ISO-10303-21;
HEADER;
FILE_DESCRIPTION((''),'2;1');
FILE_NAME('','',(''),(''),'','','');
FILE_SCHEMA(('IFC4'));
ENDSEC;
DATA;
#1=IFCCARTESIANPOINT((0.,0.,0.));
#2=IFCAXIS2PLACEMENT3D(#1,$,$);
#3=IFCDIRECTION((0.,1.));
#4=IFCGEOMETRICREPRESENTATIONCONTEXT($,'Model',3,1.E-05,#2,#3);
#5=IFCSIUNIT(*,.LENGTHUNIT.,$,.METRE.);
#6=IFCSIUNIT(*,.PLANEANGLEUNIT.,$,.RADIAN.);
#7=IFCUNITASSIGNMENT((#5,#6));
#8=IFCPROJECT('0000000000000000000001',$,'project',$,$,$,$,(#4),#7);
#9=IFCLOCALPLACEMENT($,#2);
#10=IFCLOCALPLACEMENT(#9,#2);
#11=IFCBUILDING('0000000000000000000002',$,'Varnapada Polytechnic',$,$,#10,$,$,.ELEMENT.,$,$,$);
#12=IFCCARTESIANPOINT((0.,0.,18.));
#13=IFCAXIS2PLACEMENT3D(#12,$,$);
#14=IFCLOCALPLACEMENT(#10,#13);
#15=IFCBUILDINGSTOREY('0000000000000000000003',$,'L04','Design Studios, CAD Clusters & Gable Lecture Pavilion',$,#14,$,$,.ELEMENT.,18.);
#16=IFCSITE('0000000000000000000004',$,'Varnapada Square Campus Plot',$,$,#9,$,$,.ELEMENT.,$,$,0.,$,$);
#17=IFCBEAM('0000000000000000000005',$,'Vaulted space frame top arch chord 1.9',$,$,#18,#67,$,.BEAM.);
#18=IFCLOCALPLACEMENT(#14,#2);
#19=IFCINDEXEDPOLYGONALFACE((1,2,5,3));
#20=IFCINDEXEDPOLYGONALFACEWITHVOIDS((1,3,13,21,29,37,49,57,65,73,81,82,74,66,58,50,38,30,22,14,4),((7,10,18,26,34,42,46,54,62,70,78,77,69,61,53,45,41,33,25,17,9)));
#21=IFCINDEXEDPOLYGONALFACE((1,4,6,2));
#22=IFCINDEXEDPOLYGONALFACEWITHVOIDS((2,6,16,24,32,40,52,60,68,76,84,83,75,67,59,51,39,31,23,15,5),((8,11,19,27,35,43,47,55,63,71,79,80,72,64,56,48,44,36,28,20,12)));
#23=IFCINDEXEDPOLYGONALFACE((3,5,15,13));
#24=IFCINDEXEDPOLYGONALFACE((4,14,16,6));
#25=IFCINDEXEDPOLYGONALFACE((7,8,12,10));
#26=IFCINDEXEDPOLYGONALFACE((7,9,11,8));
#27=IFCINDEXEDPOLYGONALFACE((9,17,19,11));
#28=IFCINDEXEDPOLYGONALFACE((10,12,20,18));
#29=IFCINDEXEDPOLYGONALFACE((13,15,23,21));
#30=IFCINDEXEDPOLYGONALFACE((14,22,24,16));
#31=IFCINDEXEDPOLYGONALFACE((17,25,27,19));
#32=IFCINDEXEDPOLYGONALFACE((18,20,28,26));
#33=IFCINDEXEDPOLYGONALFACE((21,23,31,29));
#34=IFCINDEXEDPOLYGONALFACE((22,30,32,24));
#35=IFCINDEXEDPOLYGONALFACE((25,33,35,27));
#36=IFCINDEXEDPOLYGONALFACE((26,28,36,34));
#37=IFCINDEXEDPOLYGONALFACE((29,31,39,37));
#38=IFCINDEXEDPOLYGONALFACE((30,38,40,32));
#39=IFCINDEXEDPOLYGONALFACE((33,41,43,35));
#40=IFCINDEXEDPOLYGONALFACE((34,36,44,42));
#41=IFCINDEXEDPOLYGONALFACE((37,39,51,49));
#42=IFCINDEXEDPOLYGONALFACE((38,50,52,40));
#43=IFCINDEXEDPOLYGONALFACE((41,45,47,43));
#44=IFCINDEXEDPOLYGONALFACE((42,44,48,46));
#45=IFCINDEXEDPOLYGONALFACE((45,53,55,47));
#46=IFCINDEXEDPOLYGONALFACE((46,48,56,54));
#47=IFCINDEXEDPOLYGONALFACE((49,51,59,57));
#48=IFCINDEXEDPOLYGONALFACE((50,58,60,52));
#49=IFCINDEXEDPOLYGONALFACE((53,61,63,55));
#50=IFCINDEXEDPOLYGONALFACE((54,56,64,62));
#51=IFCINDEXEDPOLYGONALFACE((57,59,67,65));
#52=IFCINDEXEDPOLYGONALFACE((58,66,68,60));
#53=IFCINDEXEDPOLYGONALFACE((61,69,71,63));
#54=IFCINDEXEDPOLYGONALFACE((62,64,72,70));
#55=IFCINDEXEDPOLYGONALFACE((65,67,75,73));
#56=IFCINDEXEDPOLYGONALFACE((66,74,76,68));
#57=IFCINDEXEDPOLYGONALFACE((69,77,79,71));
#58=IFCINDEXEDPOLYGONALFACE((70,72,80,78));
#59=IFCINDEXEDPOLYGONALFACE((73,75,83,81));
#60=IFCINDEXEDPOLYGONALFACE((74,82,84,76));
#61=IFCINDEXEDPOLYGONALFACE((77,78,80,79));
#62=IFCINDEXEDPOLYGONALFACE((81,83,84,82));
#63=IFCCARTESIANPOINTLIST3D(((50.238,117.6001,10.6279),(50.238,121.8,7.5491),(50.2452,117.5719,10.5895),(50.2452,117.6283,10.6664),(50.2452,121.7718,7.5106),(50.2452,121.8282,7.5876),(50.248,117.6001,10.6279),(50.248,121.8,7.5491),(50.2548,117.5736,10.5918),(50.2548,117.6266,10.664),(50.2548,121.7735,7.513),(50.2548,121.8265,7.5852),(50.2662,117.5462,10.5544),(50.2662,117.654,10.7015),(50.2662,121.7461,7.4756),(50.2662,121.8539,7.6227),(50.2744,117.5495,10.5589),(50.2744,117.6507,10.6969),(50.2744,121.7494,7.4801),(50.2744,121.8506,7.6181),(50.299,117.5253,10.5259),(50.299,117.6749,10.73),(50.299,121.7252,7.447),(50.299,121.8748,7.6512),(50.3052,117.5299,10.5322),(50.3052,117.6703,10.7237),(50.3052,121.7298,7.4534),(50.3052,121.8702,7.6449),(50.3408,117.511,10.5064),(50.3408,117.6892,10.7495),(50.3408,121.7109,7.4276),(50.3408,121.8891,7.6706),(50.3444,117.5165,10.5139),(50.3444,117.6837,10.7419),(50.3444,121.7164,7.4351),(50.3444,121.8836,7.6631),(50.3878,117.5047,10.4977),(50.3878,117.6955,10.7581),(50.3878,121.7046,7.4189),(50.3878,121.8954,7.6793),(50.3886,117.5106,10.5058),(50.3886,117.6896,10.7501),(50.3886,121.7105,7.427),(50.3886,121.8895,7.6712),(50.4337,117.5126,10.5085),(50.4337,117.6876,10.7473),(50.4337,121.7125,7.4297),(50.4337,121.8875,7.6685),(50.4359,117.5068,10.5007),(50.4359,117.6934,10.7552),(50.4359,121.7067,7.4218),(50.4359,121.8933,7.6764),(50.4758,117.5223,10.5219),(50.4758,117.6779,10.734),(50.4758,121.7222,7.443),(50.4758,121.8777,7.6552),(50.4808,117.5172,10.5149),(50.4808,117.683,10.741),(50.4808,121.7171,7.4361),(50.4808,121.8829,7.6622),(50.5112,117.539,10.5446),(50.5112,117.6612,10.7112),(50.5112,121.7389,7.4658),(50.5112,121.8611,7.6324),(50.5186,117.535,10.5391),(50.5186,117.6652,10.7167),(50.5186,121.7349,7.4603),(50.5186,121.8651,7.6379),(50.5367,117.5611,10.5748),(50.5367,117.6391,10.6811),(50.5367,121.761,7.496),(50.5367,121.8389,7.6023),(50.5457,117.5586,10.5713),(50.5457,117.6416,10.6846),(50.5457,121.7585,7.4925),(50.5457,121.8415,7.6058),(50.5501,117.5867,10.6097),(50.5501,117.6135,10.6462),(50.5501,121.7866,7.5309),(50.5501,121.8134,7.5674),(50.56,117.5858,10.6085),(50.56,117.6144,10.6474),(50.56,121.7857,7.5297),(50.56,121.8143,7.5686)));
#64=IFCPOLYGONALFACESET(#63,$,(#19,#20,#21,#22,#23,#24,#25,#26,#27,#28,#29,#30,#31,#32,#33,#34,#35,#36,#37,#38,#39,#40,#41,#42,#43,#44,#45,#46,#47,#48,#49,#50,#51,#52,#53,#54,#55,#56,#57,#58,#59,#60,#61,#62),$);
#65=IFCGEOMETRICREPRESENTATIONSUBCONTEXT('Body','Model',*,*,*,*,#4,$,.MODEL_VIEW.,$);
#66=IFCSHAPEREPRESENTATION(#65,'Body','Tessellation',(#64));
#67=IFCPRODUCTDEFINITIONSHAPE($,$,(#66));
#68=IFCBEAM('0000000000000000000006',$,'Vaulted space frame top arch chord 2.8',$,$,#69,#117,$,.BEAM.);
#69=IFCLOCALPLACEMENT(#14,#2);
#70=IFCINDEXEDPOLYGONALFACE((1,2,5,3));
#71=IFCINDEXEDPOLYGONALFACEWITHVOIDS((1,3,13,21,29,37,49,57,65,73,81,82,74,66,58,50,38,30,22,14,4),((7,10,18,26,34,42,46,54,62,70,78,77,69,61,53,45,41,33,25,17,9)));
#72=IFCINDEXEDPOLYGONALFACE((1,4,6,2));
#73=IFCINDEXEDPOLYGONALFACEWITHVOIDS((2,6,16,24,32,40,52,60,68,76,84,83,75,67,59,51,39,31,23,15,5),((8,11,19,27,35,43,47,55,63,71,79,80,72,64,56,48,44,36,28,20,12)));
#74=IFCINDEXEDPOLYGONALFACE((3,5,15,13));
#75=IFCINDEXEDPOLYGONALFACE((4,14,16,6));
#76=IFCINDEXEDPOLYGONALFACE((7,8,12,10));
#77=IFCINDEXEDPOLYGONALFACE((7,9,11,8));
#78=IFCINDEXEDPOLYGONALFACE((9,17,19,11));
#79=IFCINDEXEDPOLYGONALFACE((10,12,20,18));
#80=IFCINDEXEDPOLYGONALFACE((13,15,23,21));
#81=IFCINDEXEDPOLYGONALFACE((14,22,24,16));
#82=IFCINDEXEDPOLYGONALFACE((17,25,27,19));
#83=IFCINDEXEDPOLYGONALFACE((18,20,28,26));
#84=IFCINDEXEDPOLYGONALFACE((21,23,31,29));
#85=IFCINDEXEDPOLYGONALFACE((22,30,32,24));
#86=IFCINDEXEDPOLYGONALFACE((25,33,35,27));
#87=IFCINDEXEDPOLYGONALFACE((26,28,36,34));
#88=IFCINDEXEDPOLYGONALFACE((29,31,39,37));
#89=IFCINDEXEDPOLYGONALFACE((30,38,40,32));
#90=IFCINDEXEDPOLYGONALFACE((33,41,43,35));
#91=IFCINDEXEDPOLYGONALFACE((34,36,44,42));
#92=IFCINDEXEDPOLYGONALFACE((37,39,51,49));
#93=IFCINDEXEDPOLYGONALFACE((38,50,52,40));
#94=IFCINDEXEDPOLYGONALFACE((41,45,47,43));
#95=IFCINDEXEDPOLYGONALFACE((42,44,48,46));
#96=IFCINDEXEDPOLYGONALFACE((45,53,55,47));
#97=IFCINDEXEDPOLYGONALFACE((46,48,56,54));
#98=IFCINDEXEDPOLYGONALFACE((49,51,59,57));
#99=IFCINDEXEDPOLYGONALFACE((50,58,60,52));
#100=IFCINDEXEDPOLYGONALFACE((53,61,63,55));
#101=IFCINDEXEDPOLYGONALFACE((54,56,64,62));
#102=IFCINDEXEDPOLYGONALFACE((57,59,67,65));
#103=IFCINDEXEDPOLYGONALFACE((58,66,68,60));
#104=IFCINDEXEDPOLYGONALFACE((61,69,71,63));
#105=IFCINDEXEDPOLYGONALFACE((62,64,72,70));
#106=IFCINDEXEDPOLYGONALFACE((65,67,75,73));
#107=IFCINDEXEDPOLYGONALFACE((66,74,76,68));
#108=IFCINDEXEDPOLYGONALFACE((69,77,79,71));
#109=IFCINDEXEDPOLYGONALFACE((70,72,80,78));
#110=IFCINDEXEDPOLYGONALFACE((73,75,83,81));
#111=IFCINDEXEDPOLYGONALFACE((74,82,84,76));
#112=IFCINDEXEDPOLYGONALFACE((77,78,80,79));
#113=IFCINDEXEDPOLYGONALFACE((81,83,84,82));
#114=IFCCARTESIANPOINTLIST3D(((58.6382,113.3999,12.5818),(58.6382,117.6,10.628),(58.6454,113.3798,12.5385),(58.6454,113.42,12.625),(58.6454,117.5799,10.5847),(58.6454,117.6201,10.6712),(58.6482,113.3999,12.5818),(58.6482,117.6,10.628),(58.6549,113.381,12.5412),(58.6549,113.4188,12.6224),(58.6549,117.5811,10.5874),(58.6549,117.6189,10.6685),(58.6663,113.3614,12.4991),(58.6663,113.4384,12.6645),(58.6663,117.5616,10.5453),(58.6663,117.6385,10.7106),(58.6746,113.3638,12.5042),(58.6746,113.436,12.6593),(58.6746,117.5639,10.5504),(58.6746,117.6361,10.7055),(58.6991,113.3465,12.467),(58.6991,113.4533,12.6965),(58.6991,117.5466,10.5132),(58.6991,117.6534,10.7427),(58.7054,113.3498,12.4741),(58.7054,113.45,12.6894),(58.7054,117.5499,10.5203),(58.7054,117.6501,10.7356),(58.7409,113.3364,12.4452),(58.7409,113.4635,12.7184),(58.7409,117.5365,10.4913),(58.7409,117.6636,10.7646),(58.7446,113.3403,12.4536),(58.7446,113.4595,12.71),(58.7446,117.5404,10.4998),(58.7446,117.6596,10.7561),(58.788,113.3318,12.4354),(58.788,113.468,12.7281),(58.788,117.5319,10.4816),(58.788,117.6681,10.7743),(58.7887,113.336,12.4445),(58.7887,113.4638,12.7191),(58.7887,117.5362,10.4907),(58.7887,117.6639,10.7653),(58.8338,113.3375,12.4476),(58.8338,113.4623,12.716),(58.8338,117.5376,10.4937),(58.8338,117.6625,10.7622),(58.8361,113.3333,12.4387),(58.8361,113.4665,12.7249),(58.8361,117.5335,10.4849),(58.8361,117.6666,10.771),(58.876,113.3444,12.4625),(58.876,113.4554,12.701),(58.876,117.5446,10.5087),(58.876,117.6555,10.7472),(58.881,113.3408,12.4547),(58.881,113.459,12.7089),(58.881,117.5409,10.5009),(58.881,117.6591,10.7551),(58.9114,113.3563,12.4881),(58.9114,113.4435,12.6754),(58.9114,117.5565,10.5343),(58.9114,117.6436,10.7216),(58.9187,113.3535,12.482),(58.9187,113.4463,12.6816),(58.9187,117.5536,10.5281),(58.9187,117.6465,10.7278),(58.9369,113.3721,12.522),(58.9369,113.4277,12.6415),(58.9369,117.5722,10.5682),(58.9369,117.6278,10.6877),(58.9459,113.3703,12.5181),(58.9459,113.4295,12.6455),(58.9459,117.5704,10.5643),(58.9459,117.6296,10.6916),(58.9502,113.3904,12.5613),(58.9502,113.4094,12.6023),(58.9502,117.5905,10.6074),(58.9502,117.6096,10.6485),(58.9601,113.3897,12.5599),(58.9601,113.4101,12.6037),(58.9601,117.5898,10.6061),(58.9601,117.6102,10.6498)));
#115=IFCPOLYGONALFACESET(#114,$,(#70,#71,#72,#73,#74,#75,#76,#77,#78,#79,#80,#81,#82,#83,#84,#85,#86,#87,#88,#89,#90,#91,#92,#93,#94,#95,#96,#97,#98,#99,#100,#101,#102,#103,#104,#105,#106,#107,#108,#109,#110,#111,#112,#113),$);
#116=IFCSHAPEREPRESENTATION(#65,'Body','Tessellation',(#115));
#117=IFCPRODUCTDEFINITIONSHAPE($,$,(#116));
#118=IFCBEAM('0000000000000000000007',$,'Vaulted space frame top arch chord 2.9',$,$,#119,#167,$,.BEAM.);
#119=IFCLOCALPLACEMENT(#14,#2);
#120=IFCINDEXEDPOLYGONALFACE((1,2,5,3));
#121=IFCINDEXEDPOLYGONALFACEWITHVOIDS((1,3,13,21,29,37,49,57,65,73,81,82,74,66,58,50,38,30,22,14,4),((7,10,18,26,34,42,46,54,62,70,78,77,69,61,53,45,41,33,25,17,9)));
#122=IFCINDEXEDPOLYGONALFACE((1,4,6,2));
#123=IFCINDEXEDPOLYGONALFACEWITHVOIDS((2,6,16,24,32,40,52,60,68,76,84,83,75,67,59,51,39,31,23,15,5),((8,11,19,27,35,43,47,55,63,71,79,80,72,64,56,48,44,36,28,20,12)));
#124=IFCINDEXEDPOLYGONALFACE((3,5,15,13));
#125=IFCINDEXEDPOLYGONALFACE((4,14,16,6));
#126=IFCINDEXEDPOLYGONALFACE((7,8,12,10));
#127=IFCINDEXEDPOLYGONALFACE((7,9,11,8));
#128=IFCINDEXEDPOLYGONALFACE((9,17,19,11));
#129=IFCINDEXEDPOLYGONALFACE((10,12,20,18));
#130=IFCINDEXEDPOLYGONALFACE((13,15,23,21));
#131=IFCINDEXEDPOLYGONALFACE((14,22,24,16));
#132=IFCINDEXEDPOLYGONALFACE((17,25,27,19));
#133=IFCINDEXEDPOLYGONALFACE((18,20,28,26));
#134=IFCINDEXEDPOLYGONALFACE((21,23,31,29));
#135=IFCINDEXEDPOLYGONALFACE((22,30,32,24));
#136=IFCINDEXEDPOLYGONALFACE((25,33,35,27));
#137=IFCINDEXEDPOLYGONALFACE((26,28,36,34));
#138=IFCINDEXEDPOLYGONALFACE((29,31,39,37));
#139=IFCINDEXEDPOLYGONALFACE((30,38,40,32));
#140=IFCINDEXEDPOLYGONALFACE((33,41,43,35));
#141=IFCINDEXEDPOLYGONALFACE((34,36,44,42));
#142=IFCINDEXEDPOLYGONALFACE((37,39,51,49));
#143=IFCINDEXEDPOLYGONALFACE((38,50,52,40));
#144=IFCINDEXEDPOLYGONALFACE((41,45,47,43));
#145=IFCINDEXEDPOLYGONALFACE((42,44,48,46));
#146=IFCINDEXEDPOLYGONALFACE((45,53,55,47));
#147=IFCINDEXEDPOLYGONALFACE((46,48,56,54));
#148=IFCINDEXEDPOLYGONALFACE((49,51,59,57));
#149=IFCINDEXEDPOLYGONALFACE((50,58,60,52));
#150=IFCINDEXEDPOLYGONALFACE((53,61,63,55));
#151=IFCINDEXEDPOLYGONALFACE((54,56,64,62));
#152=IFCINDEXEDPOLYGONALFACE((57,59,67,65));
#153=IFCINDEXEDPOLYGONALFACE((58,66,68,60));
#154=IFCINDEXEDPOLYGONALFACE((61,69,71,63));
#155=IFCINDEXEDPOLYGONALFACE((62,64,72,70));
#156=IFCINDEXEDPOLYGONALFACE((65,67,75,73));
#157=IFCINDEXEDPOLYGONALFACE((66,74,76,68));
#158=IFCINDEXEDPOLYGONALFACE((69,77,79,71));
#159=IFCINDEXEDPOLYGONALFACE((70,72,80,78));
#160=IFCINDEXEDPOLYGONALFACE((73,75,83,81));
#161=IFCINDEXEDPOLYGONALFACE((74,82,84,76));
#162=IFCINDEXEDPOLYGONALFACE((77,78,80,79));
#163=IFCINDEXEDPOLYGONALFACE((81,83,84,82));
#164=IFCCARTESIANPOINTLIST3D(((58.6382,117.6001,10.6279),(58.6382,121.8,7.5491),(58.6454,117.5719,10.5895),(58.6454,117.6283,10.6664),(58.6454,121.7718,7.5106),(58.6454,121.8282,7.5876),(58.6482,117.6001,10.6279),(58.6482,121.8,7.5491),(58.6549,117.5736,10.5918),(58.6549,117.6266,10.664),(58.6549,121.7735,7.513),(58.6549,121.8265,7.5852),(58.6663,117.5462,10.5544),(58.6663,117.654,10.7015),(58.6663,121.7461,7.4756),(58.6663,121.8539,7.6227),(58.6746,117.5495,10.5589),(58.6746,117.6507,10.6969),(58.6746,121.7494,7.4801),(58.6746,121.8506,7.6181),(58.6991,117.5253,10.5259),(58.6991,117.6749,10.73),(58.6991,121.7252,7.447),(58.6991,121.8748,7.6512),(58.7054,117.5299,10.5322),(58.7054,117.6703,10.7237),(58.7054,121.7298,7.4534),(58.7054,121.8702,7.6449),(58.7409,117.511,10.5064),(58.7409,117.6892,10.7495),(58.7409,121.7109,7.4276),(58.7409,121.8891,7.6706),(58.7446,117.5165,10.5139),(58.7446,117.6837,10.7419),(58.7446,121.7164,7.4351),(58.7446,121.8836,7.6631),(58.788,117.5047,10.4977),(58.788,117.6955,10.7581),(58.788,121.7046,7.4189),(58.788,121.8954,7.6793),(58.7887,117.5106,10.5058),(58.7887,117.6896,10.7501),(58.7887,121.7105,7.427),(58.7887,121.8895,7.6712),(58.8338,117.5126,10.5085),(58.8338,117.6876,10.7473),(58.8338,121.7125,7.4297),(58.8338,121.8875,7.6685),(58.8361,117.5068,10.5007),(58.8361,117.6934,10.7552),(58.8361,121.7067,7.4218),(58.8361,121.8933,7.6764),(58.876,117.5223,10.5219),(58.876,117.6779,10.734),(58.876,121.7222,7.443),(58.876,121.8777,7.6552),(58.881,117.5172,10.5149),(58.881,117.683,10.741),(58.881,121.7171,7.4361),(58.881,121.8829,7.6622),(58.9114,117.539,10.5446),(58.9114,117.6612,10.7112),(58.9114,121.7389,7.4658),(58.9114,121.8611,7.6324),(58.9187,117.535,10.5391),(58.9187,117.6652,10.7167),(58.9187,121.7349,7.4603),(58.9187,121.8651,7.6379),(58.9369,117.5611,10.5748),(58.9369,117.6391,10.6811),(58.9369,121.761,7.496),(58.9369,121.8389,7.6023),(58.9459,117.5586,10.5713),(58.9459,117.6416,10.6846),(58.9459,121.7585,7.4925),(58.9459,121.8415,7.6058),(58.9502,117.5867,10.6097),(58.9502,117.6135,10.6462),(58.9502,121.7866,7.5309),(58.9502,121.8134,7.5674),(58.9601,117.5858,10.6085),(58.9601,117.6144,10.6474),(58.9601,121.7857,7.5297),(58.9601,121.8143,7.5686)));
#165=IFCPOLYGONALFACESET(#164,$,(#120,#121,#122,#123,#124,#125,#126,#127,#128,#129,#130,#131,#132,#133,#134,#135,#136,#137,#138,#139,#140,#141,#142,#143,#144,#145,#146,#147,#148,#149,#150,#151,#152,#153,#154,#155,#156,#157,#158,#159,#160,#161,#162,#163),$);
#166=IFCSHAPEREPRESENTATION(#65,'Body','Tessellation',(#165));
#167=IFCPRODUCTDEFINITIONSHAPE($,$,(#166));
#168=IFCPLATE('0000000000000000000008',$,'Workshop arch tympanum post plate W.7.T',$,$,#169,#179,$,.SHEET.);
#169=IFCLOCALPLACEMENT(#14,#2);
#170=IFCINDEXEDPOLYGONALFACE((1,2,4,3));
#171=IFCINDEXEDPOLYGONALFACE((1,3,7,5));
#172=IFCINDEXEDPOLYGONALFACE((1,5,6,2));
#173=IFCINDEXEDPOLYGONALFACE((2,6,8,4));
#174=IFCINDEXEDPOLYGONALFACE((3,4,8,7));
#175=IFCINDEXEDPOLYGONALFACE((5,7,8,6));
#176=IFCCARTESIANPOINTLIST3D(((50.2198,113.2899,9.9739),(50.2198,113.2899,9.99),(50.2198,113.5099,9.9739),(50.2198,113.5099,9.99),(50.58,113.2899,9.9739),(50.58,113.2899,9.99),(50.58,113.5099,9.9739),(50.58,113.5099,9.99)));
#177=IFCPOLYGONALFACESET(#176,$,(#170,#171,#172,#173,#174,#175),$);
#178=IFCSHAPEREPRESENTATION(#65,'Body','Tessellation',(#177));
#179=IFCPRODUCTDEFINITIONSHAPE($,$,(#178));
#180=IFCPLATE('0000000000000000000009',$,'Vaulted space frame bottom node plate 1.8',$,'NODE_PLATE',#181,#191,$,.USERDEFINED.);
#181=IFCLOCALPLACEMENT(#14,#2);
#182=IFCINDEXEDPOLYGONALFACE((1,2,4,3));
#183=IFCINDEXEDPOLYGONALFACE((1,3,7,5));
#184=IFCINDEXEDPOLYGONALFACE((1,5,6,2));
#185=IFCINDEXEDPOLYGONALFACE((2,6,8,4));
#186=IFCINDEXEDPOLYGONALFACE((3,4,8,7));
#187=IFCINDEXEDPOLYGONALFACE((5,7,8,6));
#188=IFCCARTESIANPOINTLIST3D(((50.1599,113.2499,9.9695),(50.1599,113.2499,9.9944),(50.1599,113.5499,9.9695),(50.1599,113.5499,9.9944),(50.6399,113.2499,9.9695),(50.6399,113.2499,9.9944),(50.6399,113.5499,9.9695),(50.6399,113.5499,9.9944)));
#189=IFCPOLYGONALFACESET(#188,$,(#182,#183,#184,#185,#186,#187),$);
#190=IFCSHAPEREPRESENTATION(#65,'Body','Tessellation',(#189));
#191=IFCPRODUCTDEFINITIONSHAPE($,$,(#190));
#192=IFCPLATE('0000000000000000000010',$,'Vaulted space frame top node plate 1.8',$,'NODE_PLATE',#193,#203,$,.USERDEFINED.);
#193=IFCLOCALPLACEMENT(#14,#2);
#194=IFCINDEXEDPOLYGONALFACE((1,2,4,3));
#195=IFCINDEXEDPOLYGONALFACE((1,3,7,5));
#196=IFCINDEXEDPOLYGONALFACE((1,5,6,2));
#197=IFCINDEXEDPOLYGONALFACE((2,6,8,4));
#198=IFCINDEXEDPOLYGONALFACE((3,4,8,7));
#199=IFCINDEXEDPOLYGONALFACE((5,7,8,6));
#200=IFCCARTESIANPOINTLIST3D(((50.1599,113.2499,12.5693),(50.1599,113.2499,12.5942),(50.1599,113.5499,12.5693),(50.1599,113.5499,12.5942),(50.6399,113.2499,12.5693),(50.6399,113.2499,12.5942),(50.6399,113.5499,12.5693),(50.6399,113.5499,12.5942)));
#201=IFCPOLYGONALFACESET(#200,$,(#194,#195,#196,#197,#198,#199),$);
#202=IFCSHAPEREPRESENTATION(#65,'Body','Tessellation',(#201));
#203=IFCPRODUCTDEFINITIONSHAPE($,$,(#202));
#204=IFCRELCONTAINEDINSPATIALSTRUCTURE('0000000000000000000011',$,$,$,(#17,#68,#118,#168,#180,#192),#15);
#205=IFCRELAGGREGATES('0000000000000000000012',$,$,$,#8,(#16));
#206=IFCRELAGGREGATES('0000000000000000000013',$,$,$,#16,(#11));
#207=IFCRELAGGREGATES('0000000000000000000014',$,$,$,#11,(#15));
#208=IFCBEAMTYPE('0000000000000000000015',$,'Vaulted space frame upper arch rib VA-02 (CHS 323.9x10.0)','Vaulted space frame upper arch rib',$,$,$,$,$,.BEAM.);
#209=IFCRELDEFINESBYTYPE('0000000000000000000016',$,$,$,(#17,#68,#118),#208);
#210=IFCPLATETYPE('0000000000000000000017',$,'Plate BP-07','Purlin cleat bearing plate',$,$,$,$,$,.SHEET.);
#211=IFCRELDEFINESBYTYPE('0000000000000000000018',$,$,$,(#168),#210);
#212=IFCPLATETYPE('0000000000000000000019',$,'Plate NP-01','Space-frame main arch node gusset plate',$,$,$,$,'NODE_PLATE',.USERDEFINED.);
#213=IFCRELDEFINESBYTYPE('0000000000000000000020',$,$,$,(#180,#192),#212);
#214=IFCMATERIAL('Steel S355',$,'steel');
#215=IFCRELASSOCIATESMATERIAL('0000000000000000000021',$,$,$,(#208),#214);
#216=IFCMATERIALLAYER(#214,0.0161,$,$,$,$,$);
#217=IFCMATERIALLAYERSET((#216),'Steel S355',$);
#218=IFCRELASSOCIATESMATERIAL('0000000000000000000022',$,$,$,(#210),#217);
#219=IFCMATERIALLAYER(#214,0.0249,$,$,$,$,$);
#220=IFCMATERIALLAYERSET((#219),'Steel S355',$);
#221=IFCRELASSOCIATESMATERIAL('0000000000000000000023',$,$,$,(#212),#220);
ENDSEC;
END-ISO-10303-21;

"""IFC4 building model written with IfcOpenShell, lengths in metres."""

from ifc_helpers import new_model, si_unit, direction, frame, origin, origin_2d, place, context, subcontext, project, spatial, rectangle, hollow_circle, extrude, material, layer, layer_set, material_profile, profile_set, type_object, element, save


model = new_model("IFC4")

# Units and contexts
model_context = context("Model", 3, precision=1e-05, world=origin(), true_north=direction((0.0, 1.0)))
body_context = subcontext(model_context, "Body", "Model", "MODEL_VIEW")
ifc_project = project(units=[si_unit("LENGTHUNIT", "METRE"), si_unit("PLANEANGLEUNIT", "RADIAN")], contexts=[model_context])

# Site, building, storey
site_placement = place(None, origin())
site = spatial("IfcSite", under=ifc_project, at=site_placement, Name="Varnapada Square Campus Plot", CompositionType="ELEMENT", RefElevation=0.0)
building_placement = place(site_placement, origin())
building = spatial("IfcBuilding", under=site, at=building_placement, Name="Varnapada Polytechnic", CompositionType="ELEMENT")
storey_placement = place(building_placement, frame((0.0, 0.0, 18.0)))
storey = spatial("IfcBuildingStorey", under=building, at=storey_placement, Name="L04", Description="Design Studios, CAD Clusters & Gable Lecture Pavilion", CompositionType="ELEMENT", Elevation=18.0)

# Shared definitions
ifc_material = material(Name="Steel S355", Category="steel")

# Beams
ifc_material_profile_1 = material_profile(ifc_material, hollow_circle(Radius=0.1619, WallThickness=0.01, at=origin_2d()), Name="CHS 323.9x10.0")
ifc_profile_set_1 = profile_set([ifc_material_profile_1], Name="Steel S355")
beam_type_1 = type_object("IfcBeamType", Name="Vaulted space frame upper arch rib VA-02 (CHS 323.9x10.0)", Description="Vaulted space frame upper arch rib", PredefinedType="BEAM", material=ifc_profile_set_1)
beam_1_placement = place(storey_placement, frame((50.3999, 117.6001, 10.6279), z_axis=(0.0, 0.806506, -0.591225), x_axis=(-1.0, 0.0, 0.0)))
element("IfcBeam", 1, at=beam_1_placement, inside=storey, type_object=beam_type_1, Name="Vaulted space frame top arch chord 1.9", PredefinedType="BEAM", context=body_context, shape_type="SweptSolid", body=[
    extrude(hollow_circle(Radius=0.1619, WallThickness=0.01, at=origin_2d()), origin(), (0.0, 0.0, 1.0), 5.2075),
])
beam_2_placement = place(storey_placement, frame((58.8, 113.3999, 12.5818), z_axis=(0.0, 0.906698, -0.42178), x_axis=(-1.0, 0.0, 0.0)))
element("IfcBeam", 2, at=beam_2_placement, inside=storey, type_object=beam_type_1, Name="Vaulted space frame top arch chord 2.8", PredefinedType="BEAM", context=body_context, shape_type="SweptSolid", body=[
    extrude(hollow_circle(Radius=0.1619, WallThickness=0.01, at=origin_2d()), origin(), (0.0, 0.0, 1.0), 4.6323),
])
beam_3_placement = place(storey_placement, frame((58.8, 117.6001, 10.6279), z_axis=(0.0, 0.806506, -0.591225), x_axis=(-1.0, 0.0, 0.0)))
element("IfcBeam", 3, at=beam_3_placement, inside=storey, type_object=beam_type_1, Name="Vaulted space frame top arch chord 2.9", PredefinedType="BEAM", context=body_context, shape_type="SweptSolid", body=[
    extrude(hollow_circle(Radius=0.1619, WallThickness=0.01, at=origin_2d()), origin(), (0.0, 0.0, 1.0), 5.2075),
])

# Plates
ifc_layer_1 = layer(ifc_material, 0.0161)
ifc_layer_set_1 = layer_set([ifc_layer_1], Name="Steel S355")
plate_type_1 = type_object("IfcPlateType", Name="Plate BP-07", Description="Purlin cleat bearing plate", PredefinedType="SHEET", material=ifc_layer_set_1)
plate_placement = place(storey_placement, frame((50.3999, 113.3999, 9.9739), z_axis=(0.0, 0.0, 1.0), x_axis=(1.0, 0.0, 0.0)))
element("IfcPlate", 4, at=plate_placement, inside=storey, type_object=plate_type_1, Name="Workshop arch tympanum post plate W.7.T", PredefinedType="SHEET", context=body_context, shape_type="SweptSolid", body=[
    extrude(rectangle(XDim=0.3601, YDim=0.22, at=origin_2d()), origin(), (0.0, 0.0, 1.0), 0.0161),
])
ifc_layer_2 = layer(ifc_material, 0.0249)
ifc_layer_set_2 = layer_set([ifc_layer_2], Name="Steel S355")
plate_type_2 = type_object("IfcPlateType", Name="Plate NP-01", Description="Space-frame main arch node gusset plate", ElementType="NODE_PLATE", PredefinedType="USERDEFINED", material=ifc_layer_set_2)
for number, where, z_axis, x_axis, name in (
    (5, (50.3999, 113.3999, 9.9695), (0.0, 0.0, 1.0), (1.0, 0.0, 0.0), "Vaulted space frame bottom node plate 1.8"),
    (6, (50.3999, 113.3999, 12.5693), (0.0, 0.0, 1.0), (1.0, 0.0, 0.0), "Vaulted space frame top node plate 1.8"),
):
    element("IfcPlate", number, at=place(storey_placement, frame(where, z_axis=z_axis, x_axis=x_axis)), inside=storey, type_object=plate_type_2, Name=name, ObjectType="NODE_PLATE", PredefinedType="USERDEFINED", context=body_context, shape_type="SweptSolid", body=[
        extrude(rectangle(XDim=0.48, YDim=0.3, at=origin_2d()), origin(), (0.0, 0.0, 1.0), 0.0249),
    ])

save(model, "model.ifc")
